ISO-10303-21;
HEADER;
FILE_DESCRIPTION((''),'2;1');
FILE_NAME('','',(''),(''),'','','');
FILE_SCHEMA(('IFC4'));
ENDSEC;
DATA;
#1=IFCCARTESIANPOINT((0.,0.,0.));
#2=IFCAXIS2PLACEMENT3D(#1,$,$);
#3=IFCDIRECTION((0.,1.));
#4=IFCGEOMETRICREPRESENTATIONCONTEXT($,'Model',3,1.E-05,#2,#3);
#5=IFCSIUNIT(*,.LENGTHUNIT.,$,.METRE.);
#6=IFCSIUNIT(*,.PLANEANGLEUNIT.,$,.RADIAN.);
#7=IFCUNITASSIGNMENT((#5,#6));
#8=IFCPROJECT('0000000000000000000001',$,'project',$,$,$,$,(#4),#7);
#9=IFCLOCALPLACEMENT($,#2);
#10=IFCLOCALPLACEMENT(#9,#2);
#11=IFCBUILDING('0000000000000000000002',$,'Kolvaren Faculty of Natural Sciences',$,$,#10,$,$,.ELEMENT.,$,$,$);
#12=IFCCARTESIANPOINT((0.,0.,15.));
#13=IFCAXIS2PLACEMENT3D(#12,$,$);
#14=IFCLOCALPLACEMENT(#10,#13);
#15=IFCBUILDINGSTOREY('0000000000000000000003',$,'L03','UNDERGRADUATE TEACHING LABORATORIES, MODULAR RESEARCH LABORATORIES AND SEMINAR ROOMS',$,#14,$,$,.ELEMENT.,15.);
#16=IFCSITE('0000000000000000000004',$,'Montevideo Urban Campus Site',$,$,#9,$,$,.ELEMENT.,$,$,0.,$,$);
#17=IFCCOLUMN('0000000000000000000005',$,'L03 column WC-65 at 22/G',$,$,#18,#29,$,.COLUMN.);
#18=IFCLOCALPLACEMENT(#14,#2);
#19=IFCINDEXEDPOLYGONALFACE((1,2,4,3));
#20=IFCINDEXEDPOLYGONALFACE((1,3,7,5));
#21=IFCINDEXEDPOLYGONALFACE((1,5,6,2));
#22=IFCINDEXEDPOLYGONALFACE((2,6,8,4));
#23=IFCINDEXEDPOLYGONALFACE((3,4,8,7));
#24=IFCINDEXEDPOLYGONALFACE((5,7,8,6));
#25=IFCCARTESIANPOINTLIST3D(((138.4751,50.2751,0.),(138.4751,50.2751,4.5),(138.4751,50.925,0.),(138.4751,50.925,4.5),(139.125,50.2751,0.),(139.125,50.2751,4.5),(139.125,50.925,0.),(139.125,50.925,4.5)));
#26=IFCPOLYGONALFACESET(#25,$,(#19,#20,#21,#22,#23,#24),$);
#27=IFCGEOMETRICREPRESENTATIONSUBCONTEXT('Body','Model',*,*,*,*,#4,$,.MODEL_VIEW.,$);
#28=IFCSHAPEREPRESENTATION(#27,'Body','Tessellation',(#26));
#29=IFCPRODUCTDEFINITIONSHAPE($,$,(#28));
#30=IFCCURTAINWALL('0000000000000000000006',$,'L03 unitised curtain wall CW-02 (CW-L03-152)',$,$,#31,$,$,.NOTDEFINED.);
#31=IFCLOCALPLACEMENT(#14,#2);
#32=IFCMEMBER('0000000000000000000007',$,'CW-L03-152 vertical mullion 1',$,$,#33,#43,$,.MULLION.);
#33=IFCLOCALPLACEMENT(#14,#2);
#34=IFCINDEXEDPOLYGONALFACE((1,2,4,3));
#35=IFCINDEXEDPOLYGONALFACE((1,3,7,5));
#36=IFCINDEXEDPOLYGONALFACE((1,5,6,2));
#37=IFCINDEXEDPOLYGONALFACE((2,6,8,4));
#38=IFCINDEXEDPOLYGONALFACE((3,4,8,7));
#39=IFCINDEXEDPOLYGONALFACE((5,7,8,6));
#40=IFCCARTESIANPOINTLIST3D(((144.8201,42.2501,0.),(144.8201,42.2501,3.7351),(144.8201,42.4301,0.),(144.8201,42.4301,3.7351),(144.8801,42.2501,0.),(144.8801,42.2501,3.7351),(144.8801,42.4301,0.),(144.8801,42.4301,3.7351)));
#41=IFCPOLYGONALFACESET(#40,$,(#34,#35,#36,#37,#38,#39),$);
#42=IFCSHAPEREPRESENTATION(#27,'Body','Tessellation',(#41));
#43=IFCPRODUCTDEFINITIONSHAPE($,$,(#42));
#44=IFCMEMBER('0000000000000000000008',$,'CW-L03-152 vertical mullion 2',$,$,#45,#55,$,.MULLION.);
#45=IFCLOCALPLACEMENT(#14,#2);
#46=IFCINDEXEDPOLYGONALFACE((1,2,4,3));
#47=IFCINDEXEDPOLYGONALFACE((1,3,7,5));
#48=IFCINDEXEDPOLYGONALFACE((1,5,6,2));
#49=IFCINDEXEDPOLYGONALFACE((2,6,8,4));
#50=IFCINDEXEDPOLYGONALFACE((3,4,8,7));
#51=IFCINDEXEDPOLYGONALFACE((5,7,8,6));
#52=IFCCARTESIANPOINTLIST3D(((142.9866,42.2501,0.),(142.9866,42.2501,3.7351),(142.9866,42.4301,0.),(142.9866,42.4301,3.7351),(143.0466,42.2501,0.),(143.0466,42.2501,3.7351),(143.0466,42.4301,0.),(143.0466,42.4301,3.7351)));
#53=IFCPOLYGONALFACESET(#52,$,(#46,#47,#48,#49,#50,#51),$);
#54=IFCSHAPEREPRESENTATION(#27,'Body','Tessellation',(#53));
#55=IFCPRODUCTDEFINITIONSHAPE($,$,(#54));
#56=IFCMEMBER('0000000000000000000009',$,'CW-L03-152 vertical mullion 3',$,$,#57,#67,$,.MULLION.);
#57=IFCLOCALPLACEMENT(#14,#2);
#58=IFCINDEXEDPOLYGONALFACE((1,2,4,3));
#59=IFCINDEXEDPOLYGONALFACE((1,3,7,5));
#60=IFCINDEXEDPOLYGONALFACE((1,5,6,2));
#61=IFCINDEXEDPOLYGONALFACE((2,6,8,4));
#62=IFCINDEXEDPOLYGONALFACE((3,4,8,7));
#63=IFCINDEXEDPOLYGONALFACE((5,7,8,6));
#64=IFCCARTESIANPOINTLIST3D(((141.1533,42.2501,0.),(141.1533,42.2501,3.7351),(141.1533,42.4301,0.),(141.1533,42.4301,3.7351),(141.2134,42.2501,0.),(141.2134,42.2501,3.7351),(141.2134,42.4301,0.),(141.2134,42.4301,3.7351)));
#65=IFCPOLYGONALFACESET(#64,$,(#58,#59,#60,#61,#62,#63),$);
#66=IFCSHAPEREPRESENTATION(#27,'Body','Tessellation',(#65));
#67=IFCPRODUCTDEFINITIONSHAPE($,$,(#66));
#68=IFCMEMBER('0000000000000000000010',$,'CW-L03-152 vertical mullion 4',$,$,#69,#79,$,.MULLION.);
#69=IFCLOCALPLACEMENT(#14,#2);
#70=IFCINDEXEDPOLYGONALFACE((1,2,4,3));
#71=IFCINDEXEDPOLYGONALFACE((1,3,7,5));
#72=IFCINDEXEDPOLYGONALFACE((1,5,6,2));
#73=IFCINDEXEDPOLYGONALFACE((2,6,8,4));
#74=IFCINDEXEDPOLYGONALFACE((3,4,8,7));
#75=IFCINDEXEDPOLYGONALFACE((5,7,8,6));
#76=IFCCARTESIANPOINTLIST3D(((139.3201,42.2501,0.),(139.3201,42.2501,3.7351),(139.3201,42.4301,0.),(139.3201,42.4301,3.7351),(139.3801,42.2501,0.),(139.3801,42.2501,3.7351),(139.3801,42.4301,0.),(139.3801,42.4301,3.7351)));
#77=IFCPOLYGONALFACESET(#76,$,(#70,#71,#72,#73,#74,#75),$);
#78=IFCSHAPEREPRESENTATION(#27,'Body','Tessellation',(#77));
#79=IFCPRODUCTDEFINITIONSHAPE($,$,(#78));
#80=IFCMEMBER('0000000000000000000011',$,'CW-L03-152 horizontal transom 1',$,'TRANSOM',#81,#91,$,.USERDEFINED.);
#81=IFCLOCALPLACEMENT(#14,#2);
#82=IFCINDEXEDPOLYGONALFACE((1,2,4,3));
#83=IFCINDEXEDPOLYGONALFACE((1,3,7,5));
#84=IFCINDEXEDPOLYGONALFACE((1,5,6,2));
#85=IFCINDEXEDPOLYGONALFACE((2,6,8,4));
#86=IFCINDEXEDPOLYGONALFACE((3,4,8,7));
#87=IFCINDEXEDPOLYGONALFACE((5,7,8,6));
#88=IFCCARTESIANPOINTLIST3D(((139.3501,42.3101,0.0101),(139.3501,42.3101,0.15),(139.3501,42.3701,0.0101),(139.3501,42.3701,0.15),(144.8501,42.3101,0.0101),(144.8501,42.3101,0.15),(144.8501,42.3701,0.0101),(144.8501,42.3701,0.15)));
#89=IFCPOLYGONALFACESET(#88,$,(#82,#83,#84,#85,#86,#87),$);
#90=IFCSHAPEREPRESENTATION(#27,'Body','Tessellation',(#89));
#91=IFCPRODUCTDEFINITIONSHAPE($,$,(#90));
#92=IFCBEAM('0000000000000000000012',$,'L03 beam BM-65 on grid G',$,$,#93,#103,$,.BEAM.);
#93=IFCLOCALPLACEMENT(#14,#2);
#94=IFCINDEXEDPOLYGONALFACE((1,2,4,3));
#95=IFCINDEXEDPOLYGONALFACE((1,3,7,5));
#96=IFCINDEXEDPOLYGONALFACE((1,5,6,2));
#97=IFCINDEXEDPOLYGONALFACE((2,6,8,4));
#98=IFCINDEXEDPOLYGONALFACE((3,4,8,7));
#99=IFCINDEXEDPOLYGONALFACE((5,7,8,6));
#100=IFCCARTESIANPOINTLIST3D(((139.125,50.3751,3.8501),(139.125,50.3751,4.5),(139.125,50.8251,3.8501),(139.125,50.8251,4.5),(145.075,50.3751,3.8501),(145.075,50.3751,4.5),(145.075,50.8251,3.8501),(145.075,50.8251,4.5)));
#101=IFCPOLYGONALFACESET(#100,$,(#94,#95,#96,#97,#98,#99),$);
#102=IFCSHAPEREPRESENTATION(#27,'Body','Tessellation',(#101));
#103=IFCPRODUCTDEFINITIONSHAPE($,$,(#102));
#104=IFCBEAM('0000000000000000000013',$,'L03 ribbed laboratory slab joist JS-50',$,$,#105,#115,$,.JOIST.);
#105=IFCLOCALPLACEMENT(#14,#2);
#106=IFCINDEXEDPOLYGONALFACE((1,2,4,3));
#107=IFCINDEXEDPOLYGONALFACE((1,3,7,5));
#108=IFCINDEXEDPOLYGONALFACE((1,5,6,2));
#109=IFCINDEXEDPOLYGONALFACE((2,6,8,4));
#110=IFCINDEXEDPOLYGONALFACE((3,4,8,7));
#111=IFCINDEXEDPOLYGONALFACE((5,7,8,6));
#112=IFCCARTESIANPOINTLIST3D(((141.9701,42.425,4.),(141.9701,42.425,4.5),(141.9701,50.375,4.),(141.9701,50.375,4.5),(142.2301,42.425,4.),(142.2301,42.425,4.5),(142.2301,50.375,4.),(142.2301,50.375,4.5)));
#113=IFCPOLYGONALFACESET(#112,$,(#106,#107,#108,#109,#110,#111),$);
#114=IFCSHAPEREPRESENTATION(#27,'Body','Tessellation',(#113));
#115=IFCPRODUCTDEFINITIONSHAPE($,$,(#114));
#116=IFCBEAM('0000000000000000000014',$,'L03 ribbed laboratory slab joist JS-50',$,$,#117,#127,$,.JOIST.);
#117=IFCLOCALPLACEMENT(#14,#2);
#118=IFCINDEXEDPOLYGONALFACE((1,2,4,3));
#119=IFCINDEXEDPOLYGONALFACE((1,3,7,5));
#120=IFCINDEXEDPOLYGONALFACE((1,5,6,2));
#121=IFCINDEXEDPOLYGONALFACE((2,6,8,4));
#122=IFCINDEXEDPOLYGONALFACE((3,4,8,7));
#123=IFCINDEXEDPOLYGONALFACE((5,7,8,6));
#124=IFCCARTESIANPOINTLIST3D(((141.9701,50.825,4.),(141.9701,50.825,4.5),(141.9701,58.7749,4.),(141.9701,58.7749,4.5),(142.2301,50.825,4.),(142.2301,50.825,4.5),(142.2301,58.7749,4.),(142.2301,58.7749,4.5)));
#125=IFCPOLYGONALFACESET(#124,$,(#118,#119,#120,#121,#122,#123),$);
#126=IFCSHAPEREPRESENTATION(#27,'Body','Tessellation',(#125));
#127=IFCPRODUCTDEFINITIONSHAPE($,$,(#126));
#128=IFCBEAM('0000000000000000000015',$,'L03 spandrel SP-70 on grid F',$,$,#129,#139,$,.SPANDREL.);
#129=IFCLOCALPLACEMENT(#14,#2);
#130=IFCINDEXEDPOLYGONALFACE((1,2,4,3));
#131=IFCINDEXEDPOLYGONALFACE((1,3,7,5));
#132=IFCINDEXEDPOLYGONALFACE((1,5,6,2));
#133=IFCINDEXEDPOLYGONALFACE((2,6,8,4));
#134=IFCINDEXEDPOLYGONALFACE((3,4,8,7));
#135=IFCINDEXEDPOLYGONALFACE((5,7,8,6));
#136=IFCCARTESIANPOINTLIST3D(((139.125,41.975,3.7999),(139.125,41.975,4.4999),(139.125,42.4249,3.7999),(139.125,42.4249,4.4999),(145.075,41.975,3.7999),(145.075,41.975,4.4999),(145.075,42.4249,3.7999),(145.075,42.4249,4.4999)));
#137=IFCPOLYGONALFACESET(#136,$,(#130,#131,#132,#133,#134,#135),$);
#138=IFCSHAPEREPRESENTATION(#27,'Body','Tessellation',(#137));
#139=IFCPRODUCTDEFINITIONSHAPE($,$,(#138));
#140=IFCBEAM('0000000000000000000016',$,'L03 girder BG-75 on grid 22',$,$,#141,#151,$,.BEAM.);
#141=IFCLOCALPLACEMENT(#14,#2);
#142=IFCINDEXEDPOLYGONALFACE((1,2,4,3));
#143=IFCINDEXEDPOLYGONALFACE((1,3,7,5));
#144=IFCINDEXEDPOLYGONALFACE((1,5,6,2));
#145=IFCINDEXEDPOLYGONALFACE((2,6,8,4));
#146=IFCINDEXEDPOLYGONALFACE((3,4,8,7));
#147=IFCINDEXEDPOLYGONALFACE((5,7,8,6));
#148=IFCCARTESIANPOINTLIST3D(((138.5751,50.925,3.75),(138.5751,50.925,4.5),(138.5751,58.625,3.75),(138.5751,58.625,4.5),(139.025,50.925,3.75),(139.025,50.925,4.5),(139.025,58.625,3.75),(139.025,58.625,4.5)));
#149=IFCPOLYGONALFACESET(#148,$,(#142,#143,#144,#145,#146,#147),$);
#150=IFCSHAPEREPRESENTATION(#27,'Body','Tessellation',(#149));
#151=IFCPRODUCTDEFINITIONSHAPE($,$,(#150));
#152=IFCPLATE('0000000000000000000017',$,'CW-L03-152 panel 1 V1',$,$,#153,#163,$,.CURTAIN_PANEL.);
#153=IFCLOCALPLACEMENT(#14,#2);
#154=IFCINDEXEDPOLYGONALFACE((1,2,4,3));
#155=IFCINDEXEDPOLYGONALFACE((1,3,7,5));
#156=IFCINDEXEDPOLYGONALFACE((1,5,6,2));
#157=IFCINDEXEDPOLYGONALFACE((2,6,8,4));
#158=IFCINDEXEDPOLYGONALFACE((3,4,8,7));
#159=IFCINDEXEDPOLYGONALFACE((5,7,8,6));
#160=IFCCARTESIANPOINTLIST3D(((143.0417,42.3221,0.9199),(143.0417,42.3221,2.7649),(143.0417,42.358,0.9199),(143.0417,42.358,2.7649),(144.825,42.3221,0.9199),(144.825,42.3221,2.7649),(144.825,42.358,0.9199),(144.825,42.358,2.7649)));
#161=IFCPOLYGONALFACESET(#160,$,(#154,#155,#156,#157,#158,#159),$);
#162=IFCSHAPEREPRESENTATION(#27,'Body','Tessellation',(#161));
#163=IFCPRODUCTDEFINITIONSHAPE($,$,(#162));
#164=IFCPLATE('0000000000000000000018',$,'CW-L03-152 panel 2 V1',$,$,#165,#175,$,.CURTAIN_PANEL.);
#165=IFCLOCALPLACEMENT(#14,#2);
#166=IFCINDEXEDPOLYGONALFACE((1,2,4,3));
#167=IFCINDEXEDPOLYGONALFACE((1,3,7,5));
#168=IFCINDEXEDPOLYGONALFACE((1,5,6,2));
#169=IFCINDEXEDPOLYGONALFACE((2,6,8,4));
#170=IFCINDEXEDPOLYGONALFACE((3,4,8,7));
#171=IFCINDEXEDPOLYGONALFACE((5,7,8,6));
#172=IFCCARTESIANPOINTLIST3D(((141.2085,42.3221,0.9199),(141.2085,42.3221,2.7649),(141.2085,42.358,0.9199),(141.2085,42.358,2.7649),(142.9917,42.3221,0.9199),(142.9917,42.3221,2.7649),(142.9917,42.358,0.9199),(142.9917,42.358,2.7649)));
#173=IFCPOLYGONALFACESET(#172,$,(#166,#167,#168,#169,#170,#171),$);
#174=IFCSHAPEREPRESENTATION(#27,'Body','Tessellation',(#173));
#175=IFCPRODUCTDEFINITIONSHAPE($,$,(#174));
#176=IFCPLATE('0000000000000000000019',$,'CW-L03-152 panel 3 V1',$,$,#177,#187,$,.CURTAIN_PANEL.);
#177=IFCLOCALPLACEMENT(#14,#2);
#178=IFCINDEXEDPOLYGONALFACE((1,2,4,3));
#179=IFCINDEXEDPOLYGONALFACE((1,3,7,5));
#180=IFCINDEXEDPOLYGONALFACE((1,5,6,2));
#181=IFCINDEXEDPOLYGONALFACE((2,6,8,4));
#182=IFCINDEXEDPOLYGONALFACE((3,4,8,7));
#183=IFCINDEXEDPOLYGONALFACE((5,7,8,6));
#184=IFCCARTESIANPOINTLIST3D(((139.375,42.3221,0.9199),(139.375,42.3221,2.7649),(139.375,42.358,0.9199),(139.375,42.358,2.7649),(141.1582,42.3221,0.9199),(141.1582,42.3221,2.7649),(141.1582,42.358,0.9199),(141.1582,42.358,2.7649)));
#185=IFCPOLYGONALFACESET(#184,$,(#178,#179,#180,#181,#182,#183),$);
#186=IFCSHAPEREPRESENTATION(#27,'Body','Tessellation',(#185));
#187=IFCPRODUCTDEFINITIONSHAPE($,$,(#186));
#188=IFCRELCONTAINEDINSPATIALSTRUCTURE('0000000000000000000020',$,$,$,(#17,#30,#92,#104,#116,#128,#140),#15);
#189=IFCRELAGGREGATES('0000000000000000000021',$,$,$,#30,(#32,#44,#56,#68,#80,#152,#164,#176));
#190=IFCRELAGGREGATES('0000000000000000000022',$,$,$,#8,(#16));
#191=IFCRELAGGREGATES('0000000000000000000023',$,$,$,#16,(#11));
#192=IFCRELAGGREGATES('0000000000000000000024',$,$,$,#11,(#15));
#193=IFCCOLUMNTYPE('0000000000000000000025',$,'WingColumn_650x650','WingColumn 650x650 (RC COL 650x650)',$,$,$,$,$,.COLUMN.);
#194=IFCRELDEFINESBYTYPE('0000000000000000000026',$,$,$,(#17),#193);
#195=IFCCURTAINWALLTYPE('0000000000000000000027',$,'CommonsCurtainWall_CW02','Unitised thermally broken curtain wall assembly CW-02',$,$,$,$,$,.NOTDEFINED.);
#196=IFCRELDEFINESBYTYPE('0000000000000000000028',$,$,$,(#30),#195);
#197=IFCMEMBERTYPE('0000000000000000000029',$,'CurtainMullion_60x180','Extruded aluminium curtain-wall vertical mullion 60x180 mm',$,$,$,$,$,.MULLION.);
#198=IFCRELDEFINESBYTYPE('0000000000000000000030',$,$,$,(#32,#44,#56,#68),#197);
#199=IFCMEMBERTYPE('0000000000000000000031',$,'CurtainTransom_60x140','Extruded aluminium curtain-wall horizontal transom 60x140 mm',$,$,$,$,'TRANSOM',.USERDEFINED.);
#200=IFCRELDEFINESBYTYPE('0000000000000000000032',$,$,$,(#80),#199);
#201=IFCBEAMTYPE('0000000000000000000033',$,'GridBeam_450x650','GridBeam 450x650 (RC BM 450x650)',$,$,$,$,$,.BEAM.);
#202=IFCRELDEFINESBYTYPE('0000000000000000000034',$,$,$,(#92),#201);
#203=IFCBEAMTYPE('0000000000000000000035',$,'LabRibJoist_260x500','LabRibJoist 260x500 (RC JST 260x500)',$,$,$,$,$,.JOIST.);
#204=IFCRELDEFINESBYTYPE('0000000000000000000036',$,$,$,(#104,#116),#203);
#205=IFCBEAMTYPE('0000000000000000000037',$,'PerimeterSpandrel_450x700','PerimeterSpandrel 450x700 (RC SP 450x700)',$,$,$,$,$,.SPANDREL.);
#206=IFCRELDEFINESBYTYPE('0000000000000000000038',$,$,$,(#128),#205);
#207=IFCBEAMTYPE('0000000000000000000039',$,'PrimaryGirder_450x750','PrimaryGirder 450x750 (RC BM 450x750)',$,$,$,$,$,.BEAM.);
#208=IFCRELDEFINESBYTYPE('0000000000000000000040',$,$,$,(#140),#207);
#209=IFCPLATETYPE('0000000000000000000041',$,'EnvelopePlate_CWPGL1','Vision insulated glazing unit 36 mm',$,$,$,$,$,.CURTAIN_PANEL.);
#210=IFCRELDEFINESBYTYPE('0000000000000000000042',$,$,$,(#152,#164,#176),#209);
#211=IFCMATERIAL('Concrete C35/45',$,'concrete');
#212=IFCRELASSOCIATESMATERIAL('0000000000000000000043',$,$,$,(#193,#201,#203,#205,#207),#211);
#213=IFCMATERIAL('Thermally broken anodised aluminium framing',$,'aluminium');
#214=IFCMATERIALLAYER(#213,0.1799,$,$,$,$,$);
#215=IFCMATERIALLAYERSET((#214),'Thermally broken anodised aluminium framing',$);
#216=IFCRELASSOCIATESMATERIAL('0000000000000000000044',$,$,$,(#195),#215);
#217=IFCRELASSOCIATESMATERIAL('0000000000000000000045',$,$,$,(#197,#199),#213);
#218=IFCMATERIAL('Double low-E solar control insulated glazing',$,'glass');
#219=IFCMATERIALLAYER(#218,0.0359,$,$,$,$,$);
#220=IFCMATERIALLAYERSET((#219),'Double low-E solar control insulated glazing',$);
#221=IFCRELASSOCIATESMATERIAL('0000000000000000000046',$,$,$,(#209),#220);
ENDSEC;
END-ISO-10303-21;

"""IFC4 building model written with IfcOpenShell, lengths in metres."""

from ifc_helpers import new_model, si_unit, direction, frame, origin, origin_2d, place, context, subcontext, project, spatial, rectangle, extrude, material, layer, layer_set, material_profile, profile_set, type_object, element, aggregate, save


model = new_model("IFC4")

# Units and contexts
model_context = context("Model", 3, precision=1e-05, world=origin(), true_north=direction((0.0, 1.0)))
body_context = subcontext(model_context, "Body", "Model", "MODEL_VIEW")
ifc_project = project(units=[si_unit("LENGTHUNIT", "METRE"), si_unit("PLANEANGLEUNIT", "RADIAN")], contexts=[model_context])

# Site, building, storey
site_placement = place(None, origin())
site = spatial("IfcSite", under=ifc_project, at=site_placement, Name="Montevideo Urban Campus Site", CompositionType="ELEMENT", RefElevation=0.0)
building_placement = place(site_placement, origin())
building = spatial("IfcBuilding", under=site, at=building_placement, Name="Kolvaren Faculty of Natural Sciences", CompositionType="ELEMENT")
storey_placement = place(building_placement, frame((0.0, 0.0, 15.0)))
storey = spatial("IfcBuildingStorey", under=building, at=storey_placement, Name="L03", Description="UNDERGRADUATE TEACHING LABORATORIES, MODULAR RESEARCH LABORATORIES AND SEMINAR ROOMS", CompositionType="ELEMENT", Elevation=15.0)

# Column
ifc_material_1 = material(Name="Concrete C35/45", Category="concrete")
ifc_material_profile_1 = material_profile(ifc_material_1, rectangle(XDim=0.6499, YDim=0.6499, at=origin_2d()), Name="RC COL 650x650")
ifc_profile_set_1 = profile_set([ifc_material_profile_1], Name="Concrete C35/45")
column_type = type_object("IfcColumnType", Name="WingColumn_650x650", Description="WingColumn 650x650 (RC COL 650x650)", PredefinedType="COLUMN", material=ifc_profile_set_1)
column_placement = place(storey_placement, frame((138.8, 50.6001, 0.0), z_axis=(0.0, 0.0, 1.0), x_axis=(1.0, 0.0, 0.0)))
element("IfcColumn", 1, at=column_placement, inside=storey, type_object=column_type, Name="L03 column WC-65 at 22/G", PredefinedType="COLUMN", context=body_context, shape_type="SweptSolid", body=[
    extrude(rectangle(XDim=0.6499, YDim=0.6499, at=origin_2d()), origin(), (0.0, 0.0, 1.0), 4.5),
])

# Curtain wall, members
ifc_material_2 = material(Name="Thermally broken anodised aluminium framing", Category="aluminium")
ifc_layer_1 = layer(ifc_material_2, 0.1799)
ifc_layer_set_1 = layer_set([ifc_layer_1], Name="Thermally broken anodised aluminium framing")
curtain_wall_type = type_object("IfcCurtainWallType", Name="CommonsCurtainWall_CW02", Description="Unitised thermally broken curtain wall assembly CW-02", PredefinedType="NOTDEFINED", material=ifc_layer_set_1)
curtain_wall_placement = place(storey_placement, origin())
curtain_wall = element("IfcCurtainWall", 2, at=curtain_wall_placement, inside=storey, type_object=curtain_wall_type, Name="L03 unitised curtain wall CW-02 (CW-L03-152)", PredefinedType="NOTDEFINED")
ifc_material_profile_2 = material_profile(ifc_material_2, rectangle(XDim=0.0601, YDim=0.1799, at=origin_2d()), Name="ALU MUL 60x180")
ifc_profile_set_2 = profile_set([ifc_material_profile_2], Name="Thermally broken anodised aluminium framing")
member_type_1 = type_object("IfcMemberType", Name="CurtainMullion_60x180", Description="Extruded aluminium curtain-wall vertical mullion 60x180 mm", PredefinedType="MULLION", material=ifc_profile_set_2)
member_1_placement = place(storey_placement, frame((144.8501, 42.3401, 0.0), z_axis=(0.0, 0.0, 1.0), x_axis=(-1.0, 0.0, 0.0)))
member_1 = element("IfcMember", 3, at=member_1_placement, type_object=member_type_1, Name="CW-L03-152 vertical mullion 1", PredefinedType="MULLION", context=body_context, shape_type="SweptSolid", body=[
    extrude(rectangle(XDim=0.0601, YDim=0.1799, at=origin_2d()), origin(), (0.0, 0.0, 1.0), 3.7351),
])
member_2_placement = place(storey_placement, frame((143.0166, 42.3401, 0.0), z_axis=(0.0, 0.0, 1.0), x_axis=(-1.0, 0.0, 0.0)))
member_2 = element("IfcMember", 4, at=member_2_placement, type_object=member_type_1, Name="CW-L03-152 vertical mullion 2", PredefinedType="MULLION", context=body_context, shape_type="SweptSolid", body=[
    extrude(rectangle(XDim=0.0601, YDim=0.1799, at=origin_2d()), origin(), (0.0, 0.0, 1.0), 3.7351),
])
member_3_placement = place(storey_placement, frame((141.1833, 42.3401, 0.0), z_axis=(0.0, 0.0, 1.0), x_axis=(-1.0, 0.0, 0.0)))
member_3 = element("IfcMember", 5, at=member_3_placement, type_object=member_type_1, Name="CW-L03-152 vertical mullion 3", PredefinedType="MULLION", context=body_context, shape_type="SweptSolid", body=[
    extrude(rectangle(XDim=0.0601, YDim=0.1799, at=origin_2d()), origin(), (0.0, 0.0, 1.0), 3.7351),
])
member_4_placement = place(storey_placement, frame((139.3501, 42.3401, 0.0), z_axis=(0.0, 0.0, 1.0), x_axis=(-1.0, 0.0, 0.0)))
member_4 = element("IfcMember", 6, at=member_4_placement, type_object=member_type_1, Name="CW-L03-152 vertical mullion 4", PredefinedType="MULLION", context=body_context, shape_type="SweptSolid", body=[
    extrude(rectangle(XDim=0.0601, YDim=0.1799, at=origin_2d()), origin(), (0.0, 0.0, 1.0), 3.7351),
])
ifc_material_profile_3 = material_profile(ifc_material_2, rectangle(XDim=0.0601, YDim=0.1399, at=origin_2d()), Name="ALU TRN 60x140")
ifc_profile_set_3 = profile_set([ifc_material_profile_3], Name="Thermally broken anodised aluminium framing")
member_type_2 = type_object("IfcMemberType", Name="CurtainTransom_60x140", Description="Extruded aluminium curtain-wall horizontal transom 60x140 mm", ElementType="TRANSOM", PredefinedType="USERDEFINED", material=ifc_profile_set_3)
member_5_placement = place(storey_placement, frame((144.8501, 42.3401, 0.0801), z_axis=(-1.0, 0.0, 0.0), x_axis=(0.0, -1.0, 0.0)))
member_5 = element("IfcMember", 7, at=member_5_placement, type_object=member_type_2, Name="CW-L03-152 horizontal transom 1", ObjectType="TRANSOM", PredefinedType="USERDEFINED", context=body_context, shape_type="SweptSolid", body=[
    extrude(rectangle(XDim=0.0601, YDim=0.1399, at=origin_2d()), origin(), (0.0, 0.0, 1.0), 5.5),
])

# Beams
ifc_material_profile_4 = material_profile(ifc_material_1, rectangle(XDim=0.45, YDim=0.6499, at=origin_2d()), Name="RC BM 450x650")
ifc_profile_set_4 = profile_set([ifc_material_profile_4], Name="Concrete C35/45")
beam_type_1 = type_object("IfcBeamType", Name="GridBeam_450x650", Description="GridBeam 450x650 (RC BM 450x650)", PredefinedType="BEAM", material=ifc_profile_set_4)
beam_1_placement = place(storey_placement, frame((139.125, 50.6001, 4.175), z_axis=(1.0, 0.0, 0.0), x_axis=(0.0, 1.0, 0.0)))
element("IfcBeam", 8, at=beam_1_placement, inside=storey, type_object=beam_type_1, Name="L03 beam BM-65 on grid G", PredefinedType="BEAM", context=body_context, shape_type="SweptSolid", body=[
    extrude(rectangle(XDim=0.45, YDim=0.6499, at=origin_2d()), origin(), (0.0, 0.0, 1.0), 5.95),
])
ifc_material_profile_5 = material_profile(ifc_material_1, rectangle(XDim=0.26, YDim=0.5, at=origin_2d()), Name="RC JST 260x500")
ifc_profile_set_5 = profile_set([ifc_material_profile_5], Name="Concrete C35/45")
beam_type_2 = type_object("IfcBeamType", Name="LabRibJoist_260x500", Description="LabRibJoist 260x500 (RC JST 260x500)", PredefinedType="JOIST", material=ifc_profile_set_5)
for number, where, z_axis, x_axis, name in (
    (9, (142.1001, 42.425, 4.25), (0.0, 1.0, 0.0), (-1.0, 0.0, 0.0), "L03 ribbed laboratory slab joist JS-50"),
    (10, (142.1001, 50.825, 4.25), (0.0, 1.0, 0.0), (-1.0, 0.0, 0.0), "L03 ribbed laboratory slab joist JS-50"),
):
    element("IfcBeam", number, at=place(storey_placement, frame(where, z_axis=z_axis, x_axis=x_axis)), inside=storey, type_object=beam_type_2, Name=name, PredefinedType="JOIST", context=body_context, shape_type="SweptSolid", body=[
        extrude(rectangle(XDim=0.26, YDim=0.5, at=origin_2d()), origin(), (0.0, 0.0, 1.0), 7.95),
    ])
ifc_material_profile_6 = material_profile(ifc_material_1, rectangle(XDim=0.45, YDim=0.7, at=origin_2d()), Name="RC SP 450x700")
ifc_profile_set_6 = profile_set([ifc_material_profile_6], Name="Concrete C35/45")
beam_type_3 = type_object("IfcBeamType", Name="PerimeterSpandrel_450x700", Description="PerimeterSpandrel 450x700 (RC SP 450x700)", PredefinedType="SPANDREL", material=ifc_profile_set_6)
beam_2_placement = place(storey_placement, frame((139.125, 42.2, 4.1499), z_axis=(1.0, 0.0, 0.0), x_axis=(0.0, 1.0, 0.0)))
element("IfcBeam", 11, at=beam_2_placement, inside=storey, type_object=beam_type_3, Name="L03 spandrel SP-70 on grid F", PredefinedType="SPANDREL", context=body_context, shape_type="SweptSolid", body=[
    extrude(rectangle(XDim=0.45, YDim=0.7, at=origin_2d()), origin(), (0.0, 0.0, 1.0), 5.95),
])
ifc_material_profile_7 = material_profile(ifc_material_1, rectangle(XDim=0.45, YDim=0.75, at=origin_2d()), Name="RC BM 450x750")
ifc_profile_set_7 = profile_set([ifc_material_profile_7], Name="Concrete C35/45")
beam_type_4 = type_object("IfcBeamType", Name="PrimaryGirder_450x750", Description="PrimaryGirder 450x750 (RC BM 450x750)", PredefinedType="BEAM", material=ifc_profile_set_7)
beam_3_placement = place(storey_placement, frame((138.8, 50.925, 4.125), z_axis=(0.0, 1.0, 0.0), x_axis=(-1.0, 0.0, 0.0)))
element("IfcBeam", 12, at=beam_3_placement, inside=storey, type_object=beam_type_4, Name="L03 girder BG-75 on grid 22", PredefinedType="BEAM", context=body_context, shape_type="SweptSolid", body=[
    extrude(rectangle(XDim=0.45, YDim=0.75, at=origin_2d()), origin(), (0.0, 0.0, 1.0), 7.7),
])

# Plates
ifc_material_3 = material(Name="Double low-E solar control insulated glazing", Category="glass")
ifc_layer_2 = layer(ifc_material_3, 0.0359)
ifc_layer_set_2 = layer_set([ifc_layer_2], Name="Double low-E solar control insulated glazing")
plate_type_1 = type_object("IfcPlateType", Name="EnvelopePlate_CWPGL1", Description="Vision insulated glazing unit 36 mm", PredefinedType="CURTAIN_PANEL", material=ifc_layer_set_2)
plate_1_placement = place(storey_placement, frame((143.9333, 42.3401, 0.9199), z_axis=(0.0, 0.0, 1.0), x_axis=(-1.0, 0.0, 0.0)))
plate_1 = element("IfcPlate", 13, at=plate_1_placement, type_object=plate_type_1, Name="CW-L03-152 panel 1 V1", PredefinedType="CURTAIN_PANEL", context=body_context, shape_type="SweptSolid", body=[
    extrude(rectangle(XDim=1.7832, YDim=0.0359, at=origin_2d()), origin(), (0.0, 0.0, 1.0), 1.845),
])
plate_2_placement = place(storey_placement, frame((142.1001, 42.3401, 0.9199), z_axis=(0.0, 0.0, 1.0), x_axis=(-1.0, 0.0, 0.0)))
plate_2 = element("IfcPlate", 14, at=plate_2_placement, type_object=plate_type_1, Name="CW-L03-152 panel 2 V1", PredefinedType="CURTAIN_PANEL", context=body_context, shape_type="SweptSolid", body=[
    extrude(rectangle(XDim=1.7832, YDim=0.0359, at=origin_2d()), origin(), (0.0, 0.0, 1.0), 1.845),
])
plate_3_placement = place(storey_placement, frame((140.2666, 42.3401, 0.9199), z_axis=(0.0, 0.0, 1.0), x_axis=(-1.0, 0.0, 0.0)))
plate_3 = element("IfcPlate", 15, at=plate_3_placement, type_object=plate_type_1, Name="CW-L03-152 panel 3 V1", PredefinedType="CURTAIN_PANEL", context=body_context, shape_type="SweptSolid", body=[
    extrude(rectangle(XDim=1.7832, YDim=0.0359, at=origin_2d()), origin(), (0.0, 0.0, 1.0), 1.845),
])
aggregate(curtain_wall, [member_1, member_2, member_3, member_4, member_5, plate_1, plate_2, plate_3])

save(model, "model.ifc")
